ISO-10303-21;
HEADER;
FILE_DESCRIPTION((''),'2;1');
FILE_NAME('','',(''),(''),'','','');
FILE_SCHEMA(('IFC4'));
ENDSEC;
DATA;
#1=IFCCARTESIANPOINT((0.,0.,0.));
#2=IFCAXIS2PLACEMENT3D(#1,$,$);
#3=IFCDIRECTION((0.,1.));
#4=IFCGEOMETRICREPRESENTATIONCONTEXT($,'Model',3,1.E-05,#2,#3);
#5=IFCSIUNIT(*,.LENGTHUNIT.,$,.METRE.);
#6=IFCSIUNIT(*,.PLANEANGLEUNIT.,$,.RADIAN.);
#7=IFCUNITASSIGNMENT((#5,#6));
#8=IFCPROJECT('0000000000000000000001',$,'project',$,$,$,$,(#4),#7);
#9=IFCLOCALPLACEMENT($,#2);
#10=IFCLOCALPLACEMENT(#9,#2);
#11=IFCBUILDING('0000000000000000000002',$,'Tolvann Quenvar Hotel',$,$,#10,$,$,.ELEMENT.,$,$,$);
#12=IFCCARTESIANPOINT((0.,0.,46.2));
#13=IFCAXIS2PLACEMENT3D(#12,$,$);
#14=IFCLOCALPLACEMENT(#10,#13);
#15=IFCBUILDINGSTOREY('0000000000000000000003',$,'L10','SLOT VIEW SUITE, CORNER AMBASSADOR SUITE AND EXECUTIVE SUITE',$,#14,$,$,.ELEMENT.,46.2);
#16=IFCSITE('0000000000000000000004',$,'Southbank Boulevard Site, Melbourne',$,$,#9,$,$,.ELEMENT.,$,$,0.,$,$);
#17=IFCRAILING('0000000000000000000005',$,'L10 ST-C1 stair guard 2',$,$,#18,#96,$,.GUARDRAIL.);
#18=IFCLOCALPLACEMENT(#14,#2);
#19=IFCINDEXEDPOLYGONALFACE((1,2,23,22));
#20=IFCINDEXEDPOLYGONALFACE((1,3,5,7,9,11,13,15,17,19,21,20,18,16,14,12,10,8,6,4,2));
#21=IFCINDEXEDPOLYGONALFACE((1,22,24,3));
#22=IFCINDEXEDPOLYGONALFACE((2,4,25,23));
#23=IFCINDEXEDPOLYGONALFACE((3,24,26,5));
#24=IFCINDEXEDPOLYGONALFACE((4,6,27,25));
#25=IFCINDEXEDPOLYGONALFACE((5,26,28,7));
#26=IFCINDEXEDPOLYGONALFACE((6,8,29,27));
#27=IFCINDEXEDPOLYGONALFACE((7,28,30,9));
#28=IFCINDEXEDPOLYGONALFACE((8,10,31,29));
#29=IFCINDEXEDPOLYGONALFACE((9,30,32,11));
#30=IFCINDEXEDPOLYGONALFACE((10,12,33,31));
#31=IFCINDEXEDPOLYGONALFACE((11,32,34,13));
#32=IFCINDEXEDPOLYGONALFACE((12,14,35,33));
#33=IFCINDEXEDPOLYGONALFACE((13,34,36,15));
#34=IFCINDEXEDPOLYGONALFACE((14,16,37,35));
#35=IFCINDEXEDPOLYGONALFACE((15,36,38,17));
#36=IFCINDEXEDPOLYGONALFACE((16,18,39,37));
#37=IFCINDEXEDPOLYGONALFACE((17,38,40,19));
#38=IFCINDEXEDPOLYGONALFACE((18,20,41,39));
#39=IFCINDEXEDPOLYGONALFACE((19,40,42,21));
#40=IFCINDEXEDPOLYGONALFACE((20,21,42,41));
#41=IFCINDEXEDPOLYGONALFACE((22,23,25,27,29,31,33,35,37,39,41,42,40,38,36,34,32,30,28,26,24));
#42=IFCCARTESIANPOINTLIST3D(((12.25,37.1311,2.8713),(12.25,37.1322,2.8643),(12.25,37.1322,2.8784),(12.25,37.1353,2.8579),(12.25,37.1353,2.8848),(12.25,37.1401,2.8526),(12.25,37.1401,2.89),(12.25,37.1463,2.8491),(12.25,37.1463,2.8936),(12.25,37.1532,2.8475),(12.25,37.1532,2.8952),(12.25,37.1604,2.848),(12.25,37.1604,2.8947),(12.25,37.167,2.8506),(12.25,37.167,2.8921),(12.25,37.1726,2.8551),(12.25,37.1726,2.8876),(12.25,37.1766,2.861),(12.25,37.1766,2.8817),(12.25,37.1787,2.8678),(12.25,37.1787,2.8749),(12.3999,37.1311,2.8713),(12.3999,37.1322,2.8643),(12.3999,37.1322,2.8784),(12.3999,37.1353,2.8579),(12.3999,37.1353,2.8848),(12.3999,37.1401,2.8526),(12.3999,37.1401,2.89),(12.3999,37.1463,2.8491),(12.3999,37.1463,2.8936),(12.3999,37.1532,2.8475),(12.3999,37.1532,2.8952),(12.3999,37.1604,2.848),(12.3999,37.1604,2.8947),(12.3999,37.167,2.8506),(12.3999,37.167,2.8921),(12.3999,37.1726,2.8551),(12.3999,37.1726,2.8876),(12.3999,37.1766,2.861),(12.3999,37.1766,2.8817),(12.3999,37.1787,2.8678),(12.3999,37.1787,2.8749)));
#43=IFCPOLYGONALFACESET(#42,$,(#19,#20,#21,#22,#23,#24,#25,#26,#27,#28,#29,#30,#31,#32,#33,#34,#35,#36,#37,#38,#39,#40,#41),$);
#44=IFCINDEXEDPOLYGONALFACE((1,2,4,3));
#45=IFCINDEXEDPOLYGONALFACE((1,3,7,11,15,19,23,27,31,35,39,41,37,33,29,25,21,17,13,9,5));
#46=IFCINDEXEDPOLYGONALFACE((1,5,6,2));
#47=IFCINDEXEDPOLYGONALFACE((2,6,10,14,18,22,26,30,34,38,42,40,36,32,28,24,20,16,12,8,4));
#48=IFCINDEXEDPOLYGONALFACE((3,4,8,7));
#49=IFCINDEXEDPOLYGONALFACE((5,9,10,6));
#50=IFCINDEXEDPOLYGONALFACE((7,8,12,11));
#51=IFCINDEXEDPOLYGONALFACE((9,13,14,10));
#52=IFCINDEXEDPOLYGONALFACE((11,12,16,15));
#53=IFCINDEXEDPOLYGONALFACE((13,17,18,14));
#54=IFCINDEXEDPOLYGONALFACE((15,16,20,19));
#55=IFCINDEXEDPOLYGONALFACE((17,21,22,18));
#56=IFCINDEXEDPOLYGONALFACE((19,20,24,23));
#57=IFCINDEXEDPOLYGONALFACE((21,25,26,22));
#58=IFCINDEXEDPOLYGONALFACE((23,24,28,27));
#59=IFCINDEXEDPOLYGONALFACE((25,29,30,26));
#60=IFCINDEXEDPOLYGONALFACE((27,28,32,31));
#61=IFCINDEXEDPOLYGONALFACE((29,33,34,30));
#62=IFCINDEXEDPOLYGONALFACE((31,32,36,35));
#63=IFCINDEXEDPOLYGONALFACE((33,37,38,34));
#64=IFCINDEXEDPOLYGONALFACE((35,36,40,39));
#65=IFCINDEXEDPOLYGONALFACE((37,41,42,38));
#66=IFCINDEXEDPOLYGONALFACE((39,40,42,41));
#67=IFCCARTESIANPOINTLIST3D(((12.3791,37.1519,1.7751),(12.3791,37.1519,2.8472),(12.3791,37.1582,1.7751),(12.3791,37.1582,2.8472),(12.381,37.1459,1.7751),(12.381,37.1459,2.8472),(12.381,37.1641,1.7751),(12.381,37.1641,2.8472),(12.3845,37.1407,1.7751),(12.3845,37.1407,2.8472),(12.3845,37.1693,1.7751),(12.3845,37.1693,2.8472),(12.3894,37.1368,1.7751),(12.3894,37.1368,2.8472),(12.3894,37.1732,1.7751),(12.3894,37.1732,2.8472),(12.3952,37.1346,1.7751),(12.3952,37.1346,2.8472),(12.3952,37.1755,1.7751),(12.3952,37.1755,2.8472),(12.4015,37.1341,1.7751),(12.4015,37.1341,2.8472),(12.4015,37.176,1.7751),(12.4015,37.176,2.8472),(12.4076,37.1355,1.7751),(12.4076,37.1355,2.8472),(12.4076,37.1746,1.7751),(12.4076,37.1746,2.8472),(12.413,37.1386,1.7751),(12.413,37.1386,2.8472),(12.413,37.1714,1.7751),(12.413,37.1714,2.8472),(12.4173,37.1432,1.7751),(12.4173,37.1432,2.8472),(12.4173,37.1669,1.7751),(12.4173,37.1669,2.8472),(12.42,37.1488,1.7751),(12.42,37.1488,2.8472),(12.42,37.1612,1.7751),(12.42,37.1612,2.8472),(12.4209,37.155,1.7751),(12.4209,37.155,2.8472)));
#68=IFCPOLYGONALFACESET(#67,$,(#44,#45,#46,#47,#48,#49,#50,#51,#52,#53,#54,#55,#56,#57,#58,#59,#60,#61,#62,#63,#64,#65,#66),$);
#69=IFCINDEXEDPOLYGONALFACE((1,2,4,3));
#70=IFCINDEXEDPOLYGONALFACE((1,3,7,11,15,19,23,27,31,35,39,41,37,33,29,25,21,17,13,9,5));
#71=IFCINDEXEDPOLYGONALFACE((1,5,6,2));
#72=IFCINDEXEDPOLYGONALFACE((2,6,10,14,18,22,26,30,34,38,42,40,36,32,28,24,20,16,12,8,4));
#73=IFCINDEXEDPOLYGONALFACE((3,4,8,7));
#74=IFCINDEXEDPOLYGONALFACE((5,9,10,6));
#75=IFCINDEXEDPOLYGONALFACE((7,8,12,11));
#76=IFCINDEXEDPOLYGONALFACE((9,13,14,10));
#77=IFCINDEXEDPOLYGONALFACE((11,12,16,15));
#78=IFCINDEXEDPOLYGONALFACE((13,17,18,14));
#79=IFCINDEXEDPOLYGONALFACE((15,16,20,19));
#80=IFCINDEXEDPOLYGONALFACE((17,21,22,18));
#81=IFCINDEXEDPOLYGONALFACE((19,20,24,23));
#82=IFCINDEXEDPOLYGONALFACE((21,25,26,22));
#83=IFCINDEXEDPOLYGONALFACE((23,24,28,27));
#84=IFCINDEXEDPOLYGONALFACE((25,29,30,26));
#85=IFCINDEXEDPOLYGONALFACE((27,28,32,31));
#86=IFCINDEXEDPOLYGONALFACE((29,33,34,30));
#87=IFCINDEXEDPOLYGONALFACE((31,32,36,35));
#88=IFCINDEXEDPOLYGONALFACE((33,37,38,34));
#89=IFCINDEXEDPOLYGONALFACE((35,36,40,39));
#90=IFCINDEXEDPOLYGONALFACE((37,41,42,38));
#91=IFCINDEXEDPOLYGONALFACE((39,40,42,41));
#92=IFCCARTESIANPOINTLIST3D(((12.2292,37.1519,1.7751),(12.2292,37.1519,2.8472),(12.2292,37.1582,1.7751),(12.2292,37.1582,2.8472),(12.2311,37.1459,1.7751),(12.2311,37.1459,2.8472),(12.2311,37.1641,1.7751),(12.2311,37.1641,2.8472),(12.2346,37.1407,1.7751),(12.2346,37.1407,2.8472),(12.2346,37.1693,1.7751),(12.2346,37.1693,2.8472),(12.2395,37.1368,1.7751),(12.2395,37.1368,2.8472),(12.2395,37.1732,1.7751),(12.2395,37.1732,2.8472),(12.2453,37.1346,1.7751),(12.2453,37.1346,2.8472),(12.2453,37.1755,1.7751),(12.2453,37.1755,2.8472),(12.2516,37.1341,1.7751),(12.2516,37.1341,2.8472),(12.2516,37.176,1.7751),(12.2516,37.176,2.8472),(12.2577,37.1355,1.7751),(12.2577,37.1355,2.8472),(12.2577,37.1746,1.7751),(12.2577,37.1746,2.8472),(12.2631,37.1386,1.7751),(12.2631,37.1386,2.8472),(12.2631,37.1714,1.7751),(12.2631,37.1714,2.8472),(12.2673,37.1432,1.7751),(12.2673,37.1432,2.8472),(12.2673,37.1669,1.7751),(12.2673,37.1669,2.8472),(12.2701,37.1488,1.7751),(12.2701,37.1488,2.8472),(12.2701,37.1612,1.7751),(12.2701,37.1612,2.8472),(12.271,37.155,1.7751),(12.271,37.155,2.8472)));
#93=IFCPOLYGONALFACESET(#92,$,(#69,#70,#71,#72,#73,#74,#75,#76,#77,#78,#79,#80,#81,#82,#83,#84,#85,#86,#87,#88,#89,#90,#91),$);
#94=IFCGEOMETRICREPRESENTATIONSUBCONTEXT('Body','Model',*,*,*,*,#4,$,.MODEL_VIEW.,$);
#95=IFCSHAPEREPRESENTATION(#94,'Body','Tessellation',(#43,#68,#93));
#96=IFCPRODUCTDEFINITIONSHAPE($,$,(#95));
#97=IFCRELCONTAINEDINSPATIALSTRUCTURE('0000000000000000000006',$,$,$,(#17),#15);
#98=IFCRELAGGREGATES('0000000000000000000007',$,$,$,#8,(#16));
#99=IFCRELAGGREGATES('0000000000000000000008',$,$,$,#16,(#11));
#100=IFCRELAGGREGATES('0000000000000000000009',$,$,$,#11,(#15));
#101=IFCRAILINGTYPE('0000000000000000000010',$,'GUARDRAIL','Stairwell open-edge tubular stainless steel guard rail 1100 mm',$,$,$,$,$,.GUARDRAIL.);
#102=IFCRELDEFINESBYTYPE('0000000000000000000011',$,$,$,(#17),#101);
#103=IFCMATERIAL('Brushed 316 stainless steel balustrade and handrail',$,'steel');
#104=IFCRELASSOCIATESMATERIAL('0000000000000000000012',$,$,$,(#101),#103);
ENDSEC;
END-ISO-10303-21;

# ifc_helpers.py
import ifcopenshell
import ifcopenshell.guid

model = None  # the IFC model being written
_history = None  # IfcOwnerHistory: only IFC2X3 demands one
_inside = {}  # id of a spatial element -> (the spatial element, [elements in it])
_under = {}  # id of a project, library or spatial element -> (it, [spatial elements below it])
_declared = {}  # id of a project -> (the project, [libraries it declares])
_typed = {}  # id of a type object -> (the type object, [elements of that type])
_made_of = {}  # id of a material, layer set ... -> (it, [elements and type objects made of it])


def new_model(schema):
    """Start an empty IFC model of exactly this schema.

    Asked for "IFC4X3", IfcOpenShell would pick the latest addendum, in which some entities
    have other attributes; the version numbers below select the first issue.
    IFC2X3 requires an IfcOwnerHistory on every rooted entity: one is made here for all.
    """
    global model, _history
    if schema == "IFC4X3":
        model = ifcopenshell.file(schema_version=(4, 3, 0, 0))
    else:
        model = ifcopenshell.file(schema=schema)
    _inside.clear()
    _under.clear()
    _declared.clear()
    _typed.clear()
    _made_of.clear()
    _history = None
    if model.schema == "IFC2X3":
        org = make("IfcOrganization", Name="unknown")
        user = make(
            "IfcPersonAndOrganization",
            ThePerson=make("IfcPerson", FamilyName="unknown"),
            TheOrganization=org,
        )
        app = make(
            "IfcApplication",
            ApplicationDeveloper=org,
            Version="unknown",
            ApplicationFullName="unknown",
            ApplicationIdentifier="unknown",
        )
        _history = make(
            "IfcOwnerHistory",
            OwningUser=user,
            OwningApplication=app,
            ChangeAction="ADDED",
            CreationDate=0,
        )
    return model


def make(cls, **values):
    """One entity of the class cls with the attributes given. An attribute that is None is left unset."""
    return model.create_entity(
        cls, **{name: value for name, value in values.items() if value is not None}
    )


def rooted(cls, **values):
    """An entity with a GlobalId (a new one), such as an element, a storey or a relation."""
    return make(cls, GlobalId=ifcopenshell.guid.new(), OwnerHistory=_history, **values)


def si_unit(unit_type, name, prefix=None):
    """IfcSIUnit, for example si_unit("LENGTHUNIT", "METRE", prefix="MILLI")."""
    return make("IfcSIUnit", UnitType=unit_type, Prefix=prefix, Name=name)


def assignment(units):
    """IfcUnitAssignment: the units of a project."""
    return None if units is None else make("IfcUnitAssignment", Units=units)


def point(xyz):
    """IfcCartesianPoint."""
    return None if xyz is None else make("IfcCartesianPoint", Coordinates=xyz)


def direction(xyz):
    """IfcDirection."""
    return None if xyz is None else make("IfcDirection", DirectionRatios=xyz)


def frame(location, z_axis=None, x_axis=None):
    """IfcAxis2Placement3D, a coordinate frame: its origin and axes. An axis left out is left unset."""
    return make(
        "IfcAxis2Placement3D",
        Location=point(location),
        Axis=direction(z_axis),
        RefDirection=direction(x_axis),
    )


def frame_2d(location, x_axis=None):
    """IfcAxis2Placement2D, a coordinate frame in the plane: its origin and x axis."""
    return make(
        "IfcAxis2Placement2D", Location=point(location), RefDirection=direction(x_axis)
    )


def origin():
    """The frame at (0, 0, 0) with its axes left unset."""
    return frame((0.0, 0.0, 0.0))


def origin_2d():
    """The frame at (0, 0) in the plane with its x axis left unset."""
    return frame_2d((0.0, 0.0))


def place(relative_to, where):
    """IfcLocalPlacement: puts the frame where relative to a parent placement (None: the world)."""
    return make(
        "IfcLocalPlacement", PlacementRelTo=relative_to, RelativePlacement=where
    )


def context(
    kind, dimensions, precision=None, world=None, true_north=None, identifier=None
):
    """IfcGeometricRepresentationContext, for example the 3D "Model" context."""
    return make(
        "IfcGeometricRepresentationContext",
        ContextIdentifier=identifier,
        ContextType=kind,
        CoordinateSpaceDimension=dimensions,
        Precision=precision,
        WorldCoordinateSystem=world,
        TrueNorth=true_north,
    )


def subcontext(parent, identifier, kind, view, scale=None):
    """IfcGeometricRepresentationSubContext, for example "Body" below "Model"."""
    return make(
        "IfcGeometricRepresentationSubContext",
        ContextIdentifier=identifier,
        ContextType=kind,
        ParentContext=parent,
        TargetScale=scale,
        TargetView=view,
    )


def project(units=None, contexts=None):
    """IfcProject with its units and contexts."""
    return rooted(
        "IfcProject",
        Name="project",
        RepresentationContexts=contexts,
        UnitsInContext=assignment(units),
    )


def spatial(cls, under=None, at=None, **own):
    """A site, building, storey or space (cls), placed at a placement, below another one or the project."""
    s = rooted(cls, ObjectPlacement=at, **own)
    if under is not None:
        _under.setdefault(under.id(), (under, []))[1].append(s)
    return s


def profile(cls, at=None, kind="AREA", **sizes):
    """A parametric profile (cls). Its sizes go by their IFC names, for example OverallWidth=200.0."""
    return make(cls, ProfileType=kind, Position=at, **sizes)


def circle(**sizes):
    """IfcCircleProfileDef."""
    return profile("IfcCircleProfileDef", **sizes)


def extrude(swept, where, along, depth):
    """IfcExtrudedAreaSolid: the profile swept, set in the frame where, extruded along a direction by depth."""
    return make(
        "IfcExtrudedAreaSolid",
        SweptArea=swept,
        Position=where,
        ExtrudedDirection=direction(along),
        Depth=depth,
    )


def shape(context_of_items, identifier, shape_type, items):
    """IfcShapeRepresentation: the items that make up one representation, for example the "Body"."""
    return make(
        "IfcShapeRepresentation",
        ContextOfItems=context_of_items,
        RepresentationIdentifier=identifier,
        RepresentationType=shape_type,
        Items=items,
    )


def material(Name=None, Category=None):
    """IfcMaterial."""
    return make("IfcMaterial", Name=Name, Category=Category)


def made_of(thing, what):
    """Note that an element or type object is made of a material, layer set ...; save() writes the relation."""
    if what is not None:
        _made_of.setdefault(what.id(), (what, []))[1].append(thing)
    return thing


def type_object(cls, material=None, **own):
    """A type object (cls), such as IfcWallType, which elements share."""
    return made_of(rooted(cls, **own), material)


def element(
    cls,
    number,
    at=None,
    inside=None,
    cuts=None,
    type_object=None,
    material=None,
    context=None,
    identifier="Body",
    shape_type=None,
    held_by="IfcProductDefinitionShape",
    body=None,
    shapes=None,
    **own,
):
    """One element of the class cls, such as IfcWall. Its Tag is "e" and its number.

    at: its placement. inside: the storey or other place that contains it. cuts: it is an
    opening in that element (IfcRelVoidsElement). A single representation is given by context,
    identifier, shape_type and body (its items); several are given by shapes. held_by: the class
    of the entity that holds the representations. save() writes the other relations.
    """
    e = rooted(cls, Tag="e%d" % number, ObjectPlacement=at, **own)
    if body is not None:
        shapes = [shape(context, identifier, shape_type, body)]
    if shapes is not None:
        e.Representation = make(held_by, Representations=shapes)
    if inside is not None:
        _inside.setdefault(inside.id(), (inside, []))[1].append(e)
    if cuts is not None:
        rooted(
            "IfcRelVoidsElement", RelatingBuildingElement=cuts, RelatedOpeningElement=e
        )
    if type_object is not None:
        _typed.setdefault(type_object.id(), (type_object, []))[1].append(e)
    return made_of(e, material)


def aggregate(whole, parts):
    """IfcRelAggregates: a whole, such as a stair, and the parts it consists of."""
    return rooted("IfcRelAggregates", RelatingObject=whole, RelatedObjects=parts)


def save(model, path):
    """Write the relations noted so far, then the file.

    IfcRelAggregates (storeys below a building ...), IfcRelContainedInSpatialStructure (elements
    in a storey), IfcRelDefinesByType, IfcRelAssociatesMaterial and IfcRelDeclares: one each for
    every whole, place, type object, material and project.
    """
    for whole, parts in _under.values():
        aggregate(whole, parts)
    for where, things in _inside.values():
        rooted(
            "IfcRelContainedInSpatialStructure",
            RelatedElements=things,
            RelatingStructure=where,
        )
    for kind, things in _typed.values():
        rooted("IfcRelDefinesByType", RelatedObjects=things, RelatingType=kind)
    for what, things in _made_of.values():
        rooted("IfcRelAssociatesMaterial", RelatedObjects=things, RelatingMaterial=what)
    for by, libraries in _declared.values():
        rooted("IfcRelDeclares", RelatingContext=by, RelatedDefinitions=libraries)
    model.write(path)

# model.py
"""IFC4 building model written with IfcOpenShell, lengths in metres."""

from ifc_helpers import new_model, si_unit, direction, frame, origin, origin_2d, place, context, subcontext, project, spatial, circle, extrude, material, type_object, element, save


model = new_model("IFC4")

# Units and contexts
model_context = context("Model", 3, precision=1e-05, world=origin(), true_north=direction((0.0, 1.0)))
body_context = subcontext(model_context, "Body", "Model", "MODEL_VIEW")
ifc_project = project(units=[si_unit("LENGTHUNIT", "METRE"), si_unit("PLANEANGLEUNIT", "RADIAN")], contexts=[model_context])

# Site, building, storey
site_placement = place(None, origin())
site = spatial("IfcSite", under=ifc_project, at=site_placement, Name="Southbank Boulevard Site, Melbourne", CompositionType="ELEMENT", RefElevation=0.0)
building_placement = place(site_placement, origin())
building = spatial("IfcBuilding", under=site, at=building_placement, Name="Tolvann Quenvar Hotel", CompositionType="ELEMENT")
storey_placement = place(building_placement, frame((0.0, 0.0, 46.2)))
storey = spatial("IfcBuildingStorey", under=building, at=storey_placement, Name="L10", Description="SLOT VIEW SUITE, CORNER AMBASSADOR SUITE AND EXECUTIVE SUITE", CompositionType="ELEMENT", Elevation=46.2)

# Railing
ifc_material_1 = material(Name="Brushed 316 stainless steel balustrade and handrail", Category="steel")
railing_type_1 = type_object("IfcRailingType", Name="GUARDRAIL", Description="Stairwell open-edge tubular stainless steel guard rail 1100 mm", PredefinedType="GUARDRAIL", material=ifc_material_1)
railing_1_placement = place(storey_placement, frame((12.3999, 37.155, 1.7751)))
element("IfcRailing", 1, at=railing_1_placement, inside=storey, type_object=railing_type_1, Name="L10 ST-C1 stair guard 2", PredefinedType="GUARDRAIL", context=body_context, shape_type="SweptSolid", body=[
    extrude(circle(Radius=0.0239, at=origin_2d()), frame((0.0, 0.0, 1.0962), z_axis=(-1.0, 0.0, 0.0), x_axis=(0.0, -1.0, 0.0)), (0.0, 0.0, 1.0), 0.1499),
    extrude(circle(Radius=0.021, at=origin_2d()), origin(), (0.0, 0.0, 1.0), 1.072),
    extrude(circle(Radius=0.021, at=origin_2d()), frame((-0.1499, 0.0, 0.0)), (0.0, 0.0, 1.0), 1.072),
])

save(model, "model.ifc")
